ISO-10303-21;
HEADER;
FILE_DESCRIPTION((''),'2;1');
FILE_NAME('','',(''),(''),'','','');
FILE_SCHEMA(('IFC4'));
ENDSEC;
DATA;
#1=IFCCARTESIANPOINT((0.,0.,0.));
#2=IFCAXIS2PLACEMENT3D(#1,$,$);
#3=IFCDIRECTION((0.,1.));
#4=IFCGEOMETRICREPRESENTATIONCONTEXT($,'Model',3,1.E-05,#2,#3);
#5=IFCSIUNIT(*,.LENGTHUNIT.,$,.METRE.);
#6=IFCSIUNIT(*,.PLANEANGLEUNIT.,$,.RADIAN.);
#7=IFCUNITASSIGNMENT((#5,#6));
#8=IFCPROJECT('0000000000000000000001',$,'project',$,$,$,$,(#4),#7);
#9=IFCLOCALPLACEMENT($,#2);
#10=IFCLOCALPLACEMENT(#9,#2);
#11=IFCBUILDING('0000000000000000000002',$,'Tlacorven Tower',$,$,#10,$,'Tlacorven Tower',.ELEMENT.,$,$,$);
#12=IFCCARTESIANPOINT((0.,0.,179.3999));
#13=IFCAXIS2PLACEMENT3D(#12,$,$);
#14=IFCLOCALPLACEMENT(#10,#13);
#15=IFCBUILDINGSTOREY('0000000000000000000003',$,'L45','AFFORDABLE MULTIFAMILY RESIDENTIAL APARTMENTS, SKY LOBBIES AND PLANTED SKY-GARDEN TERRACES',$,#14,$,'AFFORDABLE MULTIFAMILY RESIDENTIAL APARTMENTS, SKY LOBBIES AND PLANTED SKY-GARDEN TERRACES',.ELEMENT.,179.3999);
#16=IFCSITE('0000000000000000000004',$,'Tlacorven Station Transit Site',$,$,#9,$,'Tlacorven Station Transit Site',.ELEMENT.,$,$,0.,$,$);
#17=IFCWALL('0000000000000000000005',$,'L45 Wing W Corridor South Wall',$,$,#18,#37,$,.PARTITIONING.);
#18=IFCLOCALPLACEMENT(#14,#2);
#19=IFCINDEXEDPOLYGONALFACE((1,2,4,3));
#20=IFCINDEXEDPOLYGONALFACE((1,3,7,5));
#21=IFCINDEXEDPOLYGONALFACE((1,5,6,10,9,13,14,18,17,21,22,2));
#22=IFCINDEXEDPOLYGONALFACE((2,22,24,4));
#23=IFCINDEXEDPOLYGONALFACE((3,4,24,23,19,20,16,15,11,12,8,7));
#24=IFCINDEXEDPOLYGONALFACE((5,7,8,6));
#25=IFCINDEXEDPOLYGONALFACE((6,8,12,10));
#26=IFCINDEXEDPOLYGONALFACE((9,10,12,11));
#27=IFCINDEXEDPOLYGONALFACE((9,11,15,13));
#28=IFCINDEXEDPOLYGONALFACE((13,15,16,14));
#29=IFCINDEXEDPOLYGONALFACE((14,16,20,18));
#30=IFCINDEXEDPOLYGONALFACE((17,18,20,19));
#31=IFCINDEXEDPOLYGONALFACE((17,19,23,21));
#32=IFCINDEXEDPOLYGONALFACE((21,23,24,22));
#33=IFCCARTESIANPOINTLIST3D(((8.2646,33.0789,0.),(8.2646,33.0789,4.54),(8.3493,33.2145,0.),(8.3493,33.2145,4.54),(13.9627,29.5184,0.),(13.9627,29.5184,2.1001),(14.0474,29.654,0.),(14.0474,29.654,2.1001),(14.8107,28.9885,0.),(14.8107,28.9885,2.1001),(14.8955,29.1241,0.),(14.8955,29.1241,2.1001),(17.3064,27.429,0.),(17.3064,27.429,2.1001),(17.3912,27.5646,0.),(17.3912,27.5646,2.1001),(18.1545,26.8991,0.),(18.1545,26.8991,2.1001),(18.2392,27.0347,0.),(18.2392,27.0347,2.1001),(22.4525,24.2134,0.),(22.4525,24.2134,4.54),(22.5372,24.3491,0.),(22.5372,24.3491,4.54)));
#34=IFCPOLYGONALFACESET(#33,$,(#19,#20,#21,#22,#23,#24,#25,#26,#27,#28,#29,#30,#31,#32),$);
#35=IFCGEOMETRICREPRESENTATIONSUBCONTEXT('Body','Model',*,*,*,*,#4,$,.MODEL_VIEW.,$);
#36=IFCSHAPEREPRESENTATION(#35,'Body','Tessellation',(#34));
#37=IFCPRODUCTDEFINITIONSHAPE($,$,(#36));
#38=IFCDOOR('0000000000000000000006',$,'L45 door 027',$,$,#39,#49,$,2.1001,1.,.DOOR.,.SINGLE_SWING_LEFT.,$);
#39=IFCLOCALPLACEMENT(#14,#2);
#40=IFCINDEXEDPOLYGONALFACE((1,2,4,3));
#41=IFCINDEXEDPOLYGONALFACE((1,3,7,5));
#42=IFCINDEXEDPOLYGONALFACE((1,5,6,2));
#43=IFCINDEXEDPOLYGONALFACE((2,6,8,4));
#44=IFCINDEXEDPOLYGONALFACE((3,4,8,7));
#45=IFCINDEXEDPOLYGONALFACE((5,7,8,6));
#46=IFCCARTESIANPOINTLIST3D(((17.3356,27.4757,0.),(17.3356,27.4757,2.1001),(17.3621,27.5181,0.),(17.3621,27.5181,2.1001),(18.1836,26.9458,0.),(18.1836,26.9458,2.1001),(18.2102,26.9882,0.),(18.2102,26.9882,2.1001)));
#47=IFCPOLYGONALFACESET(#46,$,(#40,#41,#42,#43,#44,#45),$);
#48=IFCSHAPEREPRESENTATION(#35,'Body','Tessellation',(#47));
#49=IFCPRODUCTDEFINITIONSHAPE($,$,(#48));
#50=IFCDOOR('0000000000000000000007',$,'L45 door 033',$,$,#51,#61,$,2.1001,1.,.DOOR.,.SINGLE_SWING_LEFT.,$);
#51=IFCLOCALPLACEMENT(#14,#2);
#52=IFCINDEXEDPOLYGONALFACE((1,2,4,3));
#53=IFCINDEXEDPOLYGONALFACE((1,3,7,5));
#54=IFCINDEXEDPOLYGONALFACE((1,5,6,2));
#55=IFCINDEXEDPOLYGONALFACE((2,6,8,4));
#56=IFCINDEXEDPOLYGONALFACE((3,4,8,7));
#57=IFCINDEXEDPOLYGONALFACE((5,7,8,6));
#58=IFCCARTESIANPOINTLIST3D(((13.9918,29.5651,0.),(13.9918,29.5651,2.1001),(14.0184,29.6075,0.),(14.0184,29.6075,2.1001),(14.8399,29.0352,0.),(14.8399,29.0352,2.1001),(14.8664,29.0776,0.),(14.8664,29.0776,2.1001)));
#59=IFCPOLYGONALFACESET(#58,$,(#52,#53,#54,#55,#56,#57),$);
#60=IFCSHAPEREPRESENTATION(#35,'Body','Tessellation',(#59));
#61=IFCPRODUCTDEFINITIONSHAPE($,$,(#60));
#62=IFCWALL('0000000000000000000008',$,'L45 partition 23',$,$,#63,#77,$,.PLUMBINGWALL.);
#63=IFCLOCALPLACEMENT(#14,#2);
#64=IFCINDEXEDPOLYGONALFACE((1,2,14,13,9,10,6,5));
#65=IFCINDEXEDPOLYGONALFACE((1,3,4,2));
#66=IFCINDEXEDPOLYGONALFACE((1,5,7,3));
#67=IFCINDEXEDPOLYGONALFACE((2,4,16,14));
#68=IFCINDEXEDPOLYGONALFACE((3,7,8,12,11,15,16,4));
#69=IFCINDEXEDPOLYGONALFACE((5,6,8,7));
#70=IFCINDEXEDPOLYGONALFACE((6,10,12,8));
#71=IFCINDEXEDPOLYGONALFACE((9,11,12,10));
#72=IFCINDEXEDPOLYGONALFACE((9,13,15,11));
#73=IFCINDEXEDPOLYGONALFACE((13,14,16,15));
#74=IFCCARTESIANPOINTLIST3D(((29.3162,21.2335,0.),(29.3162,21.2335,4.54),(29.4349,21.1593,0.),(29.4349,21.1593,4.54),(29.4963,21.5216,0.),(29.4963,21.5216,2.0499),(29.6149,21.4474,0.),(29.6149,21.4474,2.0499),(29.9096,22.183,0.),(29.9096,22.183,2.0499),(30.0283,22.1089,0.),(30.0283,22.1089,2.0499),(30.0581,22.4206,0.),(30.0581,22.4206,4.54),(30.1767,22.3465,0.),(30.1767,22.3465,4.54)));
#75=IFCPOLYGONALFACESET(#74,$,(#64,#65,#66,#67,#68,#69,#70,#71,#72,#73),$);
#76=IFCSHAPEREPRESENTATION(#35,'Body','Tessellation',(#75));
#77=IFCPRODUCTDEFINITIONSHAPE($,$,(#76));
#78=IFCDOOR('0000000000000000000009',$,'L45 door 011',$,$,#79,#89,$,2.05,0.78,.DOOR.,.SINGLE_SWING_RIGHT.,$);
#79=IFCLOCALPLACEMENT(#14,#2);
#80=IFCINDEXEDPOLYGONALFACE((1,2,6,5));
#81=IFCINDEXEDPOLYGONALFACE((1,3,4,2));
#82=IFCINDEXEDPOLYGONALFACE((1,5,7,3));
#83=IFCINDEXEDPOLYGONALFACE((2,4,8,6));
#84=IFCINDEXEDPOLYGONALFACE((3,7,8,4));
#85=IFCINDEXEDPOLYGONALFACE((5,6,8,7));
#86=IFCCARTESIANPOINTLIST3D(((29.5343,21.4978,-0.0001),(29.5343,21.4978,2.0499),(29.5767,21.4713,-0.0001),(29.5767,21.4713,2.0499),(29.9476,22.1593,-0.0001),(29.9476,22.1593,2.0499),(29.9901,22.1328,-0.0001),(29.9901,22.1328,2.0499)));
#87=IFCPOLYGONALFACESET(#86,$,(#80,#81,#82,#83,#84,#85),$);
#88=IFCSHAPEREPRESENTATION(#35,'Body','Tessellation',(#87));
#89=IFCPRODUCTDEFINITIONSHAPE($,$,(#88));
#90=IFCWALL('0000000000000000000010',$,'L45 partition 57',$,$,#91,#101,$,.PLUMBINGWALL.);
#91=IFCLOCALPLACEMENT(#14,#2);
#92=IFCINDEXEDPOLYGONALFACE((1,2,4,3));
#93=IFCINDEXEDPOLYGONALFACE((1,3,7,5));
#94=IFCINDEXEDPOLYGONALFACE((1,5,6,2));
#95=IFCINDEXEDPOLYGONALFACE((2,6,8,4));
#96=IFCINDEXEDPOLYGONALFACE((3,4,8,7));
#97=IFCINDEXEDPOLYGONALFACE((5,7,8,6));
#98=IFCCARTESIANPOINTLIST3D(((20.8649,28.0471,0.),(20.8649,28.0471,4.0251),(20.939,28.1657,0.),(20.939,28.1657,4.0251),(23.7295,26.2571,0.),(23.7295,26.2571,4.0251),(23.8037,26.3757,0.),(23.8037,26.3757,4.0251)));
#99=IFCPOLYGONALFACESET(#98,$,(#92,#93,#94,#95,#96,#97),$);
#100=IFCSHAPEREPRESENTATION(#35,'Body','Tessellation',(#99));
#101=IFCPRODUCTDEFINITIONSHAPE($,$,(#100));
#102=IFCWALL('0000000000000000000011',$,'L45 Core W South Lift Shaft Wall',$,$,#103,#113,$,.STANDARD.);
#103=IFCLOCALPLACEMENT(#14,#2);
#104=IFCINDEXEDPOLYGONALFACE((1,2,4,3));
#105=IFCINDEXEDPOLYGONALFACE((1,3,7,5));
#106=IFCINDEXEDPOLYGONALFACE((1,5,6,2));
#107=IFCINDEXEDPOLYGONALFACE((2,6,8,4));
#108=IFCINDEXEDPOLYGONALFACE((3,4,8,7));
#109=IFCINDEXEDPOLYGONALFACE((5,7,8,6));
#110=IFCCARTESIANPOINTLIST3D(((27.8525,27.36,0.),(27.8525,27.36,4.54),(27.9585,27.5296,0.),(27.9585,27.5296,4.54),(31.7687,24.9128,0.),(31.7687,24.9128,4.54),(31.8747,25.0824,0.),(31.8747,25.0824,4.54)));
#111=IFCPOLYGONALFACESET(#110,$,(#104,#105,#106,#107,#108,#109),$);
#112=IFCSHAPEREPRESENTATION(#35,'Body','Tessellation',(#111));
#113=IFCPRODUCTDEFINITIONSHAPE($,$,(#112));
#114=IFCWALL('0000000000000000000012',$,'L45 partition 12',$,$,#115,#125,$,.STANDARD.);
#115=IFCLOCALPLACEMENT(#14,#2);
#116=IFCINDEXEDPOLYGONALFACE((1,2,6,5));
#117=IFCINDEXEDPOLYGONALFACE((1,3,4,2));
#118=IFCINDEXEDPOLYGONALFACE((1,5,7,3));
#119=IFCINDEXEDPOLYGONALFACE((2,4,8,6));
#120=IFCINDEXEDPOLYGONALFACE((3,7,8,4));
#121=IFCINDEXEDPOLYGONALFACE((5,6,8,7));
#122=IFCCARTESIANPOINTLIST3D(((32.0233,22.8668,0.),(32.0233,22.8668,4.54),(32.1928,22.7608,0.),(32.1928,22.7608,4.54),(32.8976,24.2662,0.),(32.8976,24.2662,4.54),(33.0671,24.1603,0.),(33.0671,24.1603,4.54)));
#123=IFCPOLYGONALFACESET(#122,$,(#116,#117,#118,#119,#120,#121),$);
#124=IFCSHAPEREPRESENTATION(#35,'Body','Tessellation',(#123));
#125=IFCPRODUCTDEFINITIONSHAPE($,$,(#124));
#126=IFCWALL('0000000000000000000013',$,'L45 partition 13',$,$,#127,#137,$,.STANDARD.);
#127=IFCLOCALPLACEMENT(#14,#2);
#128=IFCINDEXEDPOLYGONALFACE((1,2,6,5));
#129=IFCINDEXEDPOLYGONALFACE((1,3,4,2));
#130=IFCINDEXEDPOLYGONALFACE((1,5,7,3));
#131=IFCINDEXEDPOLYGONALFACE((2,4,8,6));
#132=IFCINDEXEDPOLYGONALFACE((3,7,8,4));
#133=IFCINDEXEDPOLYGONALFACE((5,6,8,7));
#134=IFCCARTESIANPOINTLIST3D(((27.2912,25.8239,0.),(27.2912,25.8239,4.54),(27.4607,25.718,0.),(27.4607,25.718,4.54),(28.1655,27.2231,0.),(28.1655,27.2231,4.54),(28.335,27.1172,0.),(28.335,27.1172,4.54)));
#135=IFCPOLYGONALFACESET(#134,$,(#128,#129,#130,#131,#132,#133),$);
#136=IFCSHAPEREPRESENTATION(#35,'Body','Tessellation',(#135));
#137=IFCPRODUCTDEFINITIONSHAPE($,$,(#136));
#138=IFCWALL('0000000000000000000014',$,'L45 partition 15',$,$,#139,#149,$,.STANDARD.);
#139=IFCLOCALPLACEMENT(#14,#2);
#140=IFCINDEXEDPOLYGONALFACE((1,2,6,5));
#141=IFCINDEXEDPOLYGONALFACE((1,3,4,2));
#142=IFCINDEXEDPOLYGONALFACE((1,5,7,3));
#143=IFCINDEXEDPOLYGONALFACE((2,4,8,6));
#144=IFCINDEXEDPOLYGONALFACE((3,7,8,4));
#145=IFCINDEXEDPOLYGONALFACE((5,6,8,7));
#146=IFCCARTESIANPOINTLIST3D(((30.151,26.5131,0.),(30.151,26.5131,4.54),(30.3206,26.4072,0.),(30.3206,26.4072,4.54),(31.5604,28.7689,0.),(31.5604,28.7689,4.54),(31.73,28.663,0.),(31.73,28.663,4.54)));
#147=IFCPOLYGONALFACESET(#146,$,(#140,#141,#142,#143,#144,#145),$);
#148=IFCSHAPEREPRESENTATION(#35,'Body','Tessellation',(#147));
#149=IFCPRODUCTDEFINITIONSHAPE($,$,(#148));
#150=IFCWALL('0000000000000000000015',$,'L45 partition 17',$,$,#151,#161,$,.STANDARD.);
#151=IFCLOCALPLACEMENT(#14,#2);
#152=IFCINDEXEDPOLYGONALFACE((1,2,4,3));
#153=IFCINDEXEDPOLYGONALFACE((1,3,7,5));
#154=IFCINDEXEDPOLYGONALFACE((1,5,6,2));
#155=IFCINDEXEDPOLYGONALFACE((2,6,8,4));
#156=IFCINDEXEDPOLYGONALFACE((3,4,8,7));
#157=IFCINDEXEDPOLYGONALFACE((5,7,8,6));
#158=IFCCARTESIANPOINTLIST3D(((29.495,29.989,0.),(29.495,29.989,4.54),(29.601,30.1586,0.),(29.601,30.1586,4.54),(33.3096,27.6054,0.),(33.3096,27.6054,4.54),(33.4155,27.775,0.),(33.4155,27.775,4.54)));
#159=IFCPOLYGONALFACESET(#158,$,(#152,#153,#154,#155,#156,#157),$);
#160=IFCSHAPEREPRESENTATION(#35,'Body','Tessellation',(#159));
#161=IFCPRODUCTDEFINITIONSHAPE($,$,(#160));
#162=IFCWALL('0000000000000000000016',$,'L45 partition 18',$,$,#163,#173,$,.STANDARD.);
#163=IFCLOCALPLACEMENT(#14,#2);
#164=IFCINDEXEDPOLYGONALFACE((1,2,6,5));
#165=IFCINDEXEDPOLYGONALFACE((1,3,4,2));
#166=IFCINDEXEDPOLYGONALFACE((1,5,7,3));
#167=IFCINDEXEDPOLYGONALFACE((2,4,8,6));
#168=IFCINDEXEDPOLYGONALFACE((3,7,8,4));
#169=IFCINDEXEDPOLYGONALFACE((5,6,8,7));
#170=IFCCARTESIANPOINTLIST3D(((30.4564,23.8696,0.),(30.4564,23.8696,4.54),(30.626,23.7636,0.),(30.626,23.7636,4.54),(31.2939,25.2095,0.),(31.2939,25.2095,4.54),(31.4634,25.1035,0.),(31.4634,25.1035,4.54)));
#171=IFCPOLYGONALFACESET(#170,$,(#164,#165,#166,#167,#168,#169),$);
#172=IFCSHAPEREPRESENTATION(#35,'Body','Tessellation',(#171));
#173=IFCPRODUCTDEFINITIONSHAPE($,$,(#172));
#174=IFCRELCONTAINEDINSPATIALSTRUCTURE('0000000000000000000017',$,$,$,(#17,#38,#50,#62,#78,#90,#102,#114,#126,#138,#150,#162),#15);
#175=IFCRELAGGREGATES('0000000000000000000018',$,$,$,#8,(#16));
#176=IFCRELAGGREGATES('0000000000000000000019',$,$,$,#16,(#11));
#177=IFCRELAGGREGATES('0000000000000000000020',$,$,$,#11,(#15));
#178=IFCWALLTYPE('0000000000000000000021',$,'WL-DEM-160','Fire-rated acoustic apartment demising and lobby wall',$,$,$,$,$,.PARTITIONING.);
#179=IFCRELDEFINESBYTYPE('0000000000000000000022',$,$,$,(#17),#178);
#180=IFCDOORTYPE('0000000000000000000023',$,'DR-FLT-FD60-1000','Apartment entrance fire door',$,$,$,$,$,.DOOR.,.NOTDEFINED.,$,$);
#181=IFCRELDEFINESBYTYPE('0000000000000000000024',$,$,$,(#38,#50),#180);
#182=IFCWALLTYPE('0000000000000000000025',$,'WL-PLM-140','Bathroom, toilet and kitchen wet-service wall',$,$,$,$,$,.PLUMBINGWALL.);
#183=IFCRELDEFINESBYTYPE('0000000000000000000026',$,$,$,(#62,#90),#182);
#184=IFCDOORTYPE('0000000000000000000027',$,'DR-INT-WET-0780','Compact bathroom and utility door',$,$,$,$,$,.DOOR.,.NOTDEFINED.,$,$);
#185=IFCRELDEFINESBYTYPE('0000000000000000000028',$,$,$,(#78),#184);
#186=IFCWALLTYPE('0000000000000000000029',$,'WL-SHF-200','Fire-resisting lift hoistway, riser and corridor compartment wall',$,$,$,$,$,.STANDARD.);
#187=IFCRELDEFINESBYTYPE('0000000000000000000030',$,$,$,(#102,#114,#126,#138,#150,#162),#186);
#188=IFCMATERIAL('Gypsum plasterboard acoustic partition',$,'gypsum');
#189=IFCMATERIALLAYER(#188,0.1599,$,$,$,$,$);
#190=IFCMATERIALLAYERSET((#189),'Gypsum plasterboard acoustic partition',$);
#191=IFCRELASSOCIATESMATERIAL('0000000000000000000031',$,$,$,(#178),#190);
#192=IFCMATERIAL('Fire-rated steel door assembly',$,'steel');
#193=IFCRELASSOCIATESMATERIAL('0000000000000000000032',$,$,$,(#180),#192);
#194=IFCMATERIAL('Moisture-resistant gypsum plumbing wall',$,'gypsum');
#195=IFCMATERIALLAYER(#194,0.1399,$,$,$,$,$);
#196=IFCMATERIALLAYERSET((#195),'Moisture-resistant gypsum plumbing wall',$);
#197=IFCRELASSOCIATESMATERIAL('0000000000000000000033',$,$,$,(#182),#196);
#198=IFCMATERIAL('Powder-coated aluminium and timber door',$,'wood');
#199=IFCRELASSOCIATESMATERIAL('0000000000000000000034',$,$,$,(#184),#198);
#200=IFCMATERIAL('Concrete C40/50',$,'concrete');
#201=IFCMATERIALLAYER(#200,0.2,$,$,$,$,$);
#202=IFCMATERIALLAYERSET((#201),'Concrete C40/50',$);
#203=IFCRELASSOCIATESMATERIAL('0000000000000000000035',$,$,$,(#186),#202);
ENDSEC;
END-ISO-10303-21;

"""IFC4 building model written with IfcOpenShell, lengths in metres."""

from ifc_helpers import new_model, si_unit, direction, frame, frame_2d, origin, place, context, subcontext, project, spatial, rectangle, extrude, source, transform, mapped, material, layer, layer_set, type_object, element, fill, save


model = new_model("IFC4")

# Units and contexts
model_context = context("Model", 3, precision=1e-05, world=origin(), true_north=direction((0.0, 1.0)))
body_context = subcontext(model_context, "Body", "Model", "MODEL_VIEW")
ifc_project = project(units=[si_unit("LENGTHUNIT", "METRE"), si_unit("PLANEANGLEUNIT", "RADIAN")], contexts=[model_context])

# Site, building, storey
site_placement = place(None, origin())
site = spatial("IfcSite", under=ifc_project, at=site_placement, Name="Tlacorven Station Transit Site", LongName="Tlacorven Station Transit Site", CompositionType="ELEMENT", RefElevation=0.0)
building_placement = place(site_placement, origin())
building = spatial("IfcBuilding", under=site, at=building_placement, Name="Tlacorven Tower", LongName="Tlacorven Tower", CompositionType="ELEMENT")
storey_placement = place(building_placement, frame((0.0, 0.0, 179.3999)))
storey = spatial("IfcBuildingStorey", under=building, at=storey_placement, Name="L45", Description="AFFORDABLE MULTIFAMILY RESIDENTIAL APARTMENTS, SKY LOBBIES AND PLANTED SKY-GARDEN TERRACES", LongName="AFFORDABLE MULTIFAMILY RESIDENTIAL APARTMENTS, SKY LOBBIES AND PLANTED SKY-GARDEN TERRACES", CompositionType="ELEMENT", Elevation=179.3999)

# Wall, openings, doors
ifc_material_1 = material(Name="Gypsum plasterboard acoustic partition", Category="gypsum")
ifc_layer_1 = layer(ifc_material_1, 0.1599)
ifc_layer_set_1 = layer_set([ifc_layer_1], Name="Gypsum plasterboard acoustic partition")
wall_type_1 = type_object("IfcWallType", Name="WL-DEM-160", Description="Fire-rated acoustic apartment demising and lobby wall", PredefinedType="PARTITIONING", material=ifc_layer_set_1)
wall_1_placement = place(storey_placement, frame((22.4949, 24.2812, 0.0), z_axis=(0.0, 0.0, 1.0), x_axis=(-0.848052, 0.529912, 0.0)))
wall_1 = element("IfcWall", 1, at=wall_1_placement, inside=storey, type_object=wall_type_1, Name="L45 Wing W Corridor South Wall", PredefinedType="PARTITIONING", context=body_context, shape_type="SweptSolid", body=[
    extrude(rectangle(XDim=16.73, YDim=0.1599, at=frame_2d((8.365, 0.0))), origin(), (0.0, 0.0, 1.0), 4.54),
])
opening_1_placement = place(wall_1_placement, frame((5.0681, 0.0, 0.0)))
opening_1 = element("IfcOpeningElement", 2, at=opening_1_placement, cuts=wall_1, PredefinedType="OPENING", context=body_context, shape_type="SweptSolid", body=[
    extrude(rectangle(XDim=1.0, YDim=2.1001, at=frame_2d((0.5, 1.05))), frame((0.0, 0.0898, 0.0), z_axis=(0.0, -1.0, 0.0), x_axis=(1.0, 0.0, 0.0)), (0.0, 0.0, 1.0), 0.1799),
])
opening_2_placement = place(wall_1_placement, frame((9.011, 0.0, 0.0)))
opening_2 = element("IfcOpeningElement", 3, at=opening_2_placement, cuts=wall_1, PredefinedType="OPENING", context=body_context, shape_type="SweptSolid", body=[
    extrude(rectangle(XDim=1.0, YDim=2.1001, at=frame_2d((0.5, 1.05))), frame((0.0, 0.0898, 0.0), z_axis=(0.0, -1.0, 0.0), x_axis=(1.0, 0.0, 0.0)), (0.0, 0.0, 1.0), 0.1799),
])
ifc_material_2 = material(Name="Fire-rated steel door assembly", Category="steel")
door_type_1 = type_object("IfcDoorType", Name="DR-FLT-FD60-1000", Description="Apartment entrance fire door", OperationType="NOTDEFINED", PredefinedType="DOOR", material=ifc_material_2)
shared_shape_1 = source(origin(), body_context, "Body", "SweptSolid", [
    extrude(rectangle(XDim=1.0, YDim=2.1001, at=frame_2d((0.5, 1.05))), frame((0.0, 0.0249, 0.0), z_axis=(0.0, -1.0, 0.0), x_axis=(1.0, 0.0, 0.0)), (0.0, 0.0, 1.0), 0.05),
])
door_1_placement = place(opening_1_placement, origin())
door_1 = element("IfcDoor", 4, at=door_1_placement, inside=storey, type_object=door_type_1, Name="L45 door 027", OperationType="SINGLE_SWING_LEFT", OverallHeight=2.1001, OverallWidth=1.0, PredefinedType="DOOR", context=body_context, shape_type="MappedRepresentation", body=[
    mapped(shared_shape_1, transform((0.0, 0.0, 0.0), scale=1.0)),
])
fill(opening_1, door_1)
door_2_placement = place(opening_2_placement, origin())
door_2 = element("IfcDoor", 5, at=door_2_placement, inside=storey, type_object=door_type_1, Name="L45 door 033", OperationType="SINGLE_SWING_LEFT", OverallHeight=2.1001, OverallWidth=1.0, PredefinedType="DOOR", context=body_context, shape_type="MappedRepresentation", body=[
    mapped(shared_shape_1, transform((0.0, 0.0, 0.0), scale=1.0)),
])
fill(opening_2, door_2)

# Wall, opening, door
ifc_material_3 = material(Name="Moisture-resistant gypsum plumbing wall", Category="gypsum")
ifc_layer_2 = layer(ifc_material_3, 0.1399)
ifc_layer_set_2 = layer_set([ifc_layer_2], Name="Moisture-resistant gypsum plumbing wall")
wall_type_2 = type_object("IfcWallType", Name="WL-PLM-140", Description="Bathroom, toilet and kitchen wet-service wall", PredefinedType="PLUMBINGWALL", material=ifc_layer_set_2)
wall_2_placement = place(storey_placement, frame((30.1174, 22.3835, 0.0), z_axis=(0.0, 0.0, 1.0), x_axis=(-0.529952, -0.848028, 0.0)))
wall_2 = element("IfcWall", 6, at=wall_2_placement, inside=storey, type_object=wall_type_2, Name="L45 partition 23", PredefinedType="PLUMBINGWALL", context=body_context, shape_type="SweptSolid", body=[
    extrude(rectangle(XDim=1.3999, YDim=0.1399, at=frame_2d((0.7, 0.0))), origin(), (0.0, 0.0, 1.0), 4.54),
])
opening_3_placement = place(wall_2_placement, frame((0.28, 0.0, 0.0)))
opening_3 = element("IfcOpeningElement", 7, at=opening_3_placement, cuts=wall_2, PredefinedType="OPENING", context=body_context, shape_type="SweptSolid", body=[
    extrude(rectangle(XDim=0.78, YDim=2.05, at=frame_2d((0.3901, 1.0249))), frame((0.0, 0.0801, 0.0), z_axis=(0.0, -1.0, 0.0), x_axis=(1.0, 0.0, 0.0)), (0.0, 0.0, 1.0), 0.1599),
])
ifc_material_4 = material(Name="Powder-coated aluminium and timber door", Category="wood")
door_type_2 = type_object("IfcDoorType", Name="DR-INT-WET-0780", Description="Compact bathroom and utility door", OperationType="NOTDEFINED", PredefinedType="DOOR", material=ifc_material_4)
shared_shape_2 = source(origin(), body_context, "Body", "SweptSolid", [
    extrude(rectangle(XDim=0.78, YDim=2.05, at=frame_2d((0.3901, 1.0249))), frame((0.0, 0.0249, 0.0), z_axis=(0.0, -1.0, 0.0), x_axis=(1.0, 0.0, 0.0)), (0.0, 0.0, 1.0), 0.05),
])
door_3_placement = place(opening_3_placement, origin())
door_3 = element("IfcDoor", 8, at=door_3_placement, inside=storey, type_object=door_type_2, Name="L45 door 011", OperationType="SINGLE_SWING_RIGHT", OverallHeight=2.05, OverallWidth=0.78, PredefinedType="DOOR", context=body_context, shape_type="MappedRepresentation", body=[
    mapped(shared_shape_2, transform((0.0, 0.0, 0.0), scale=1.0)),
])
fill(opening_3, door_3)

# Walls
wall_3_placement = place(storey_placement, frame((23.7666, 26.3164, 0.0), z_axis=(0.0, 0.0, 1.0), x_axis=(-0.848055, 0.529908, 0.0)))
element("IfcWall", 9, at=wall_3_placement, inside=storey, type_object=wall_type_2, Name="L45 partition 57", PredefinedType="PLUMBINGWALL", context=body_context, shape_type="SweptSolid", body=[
    extrude(rectangle(XDim=3.3779, YDim=0.1399, at=frame_2d((1.689, 0.0))), origin(), (0.0, 0.0, 1.0), 4.0251),
])
ifc_material_5 = material(Name="Concrete C40/50", Category="concrete")
ifc_layer_3 = layer(ifc_material_5, 0.2)
ifc_layer_set_3 = layer_set([ifc_layer_3], Name="Concrete C40/50")
wall_type_3 = type_object("IfcWallType", Name="WL-SHF-200", Description="Fire-resisting lift hoistway, riser and corridor compartment wall", PredefinedType="STANDARD", material=ifc_layer_set_3)
wall_4_placement = place(storey_placement, frame((31.8218, 24.9976, 0.0), z_axis=(0.0, 0.0, 1.0), x_axis=(-0.848037, 0.529937, 0.0)))
element("IfcWall", 10, at=wall_4_placement, inside=storey, type_object=wall_type_3, Name="L45 Core W South Lift Shaft Wall", PredefinedType="STANDARD", context=body_context, shape_type="SweptSolid", body=[
    extrude(rectangle(XDim=4.6179, YDim=0.2, at=frame_2d((2.3091, 0.0))), origin(), (0.0, 0.0, 1.0), 4.54),
])

# Walls
wall_5_placement = place(storey_placement, frame((32.9824, 24.2134, 0.0), z_axis=(0.0, 0.0, 1.0), x_axis=(-0.529839, -0.848098, 0.0)))
element("IfcWall", 11, at=wall_5_placement, inside=storey, type_object=wall_type_3, Name="L45 partition 12", PredefinedType="STANDARD", context=body_context, shape_type="SweptSolid", body=[
    extrude(rectangle(XDim=1.6501, YDim=0.2, at=frame_2d((0.8252, 0.0))), origin(), (0.0, 0.0, 1.0), 4.54),
])
wall_6_placement = place(storey_placement, frame((28.2502, 27.1702, 0.0), z_axis=(0.0, 0.0, 1.0), x_axis=(-0.529906, -0.848056, 0.0)))
element("IfcWall", 12, at=wall_6_placement, inside=storey, type_object=wall_type_3, Name="L45 partition 13", PredefinedType="STANDARD", context=body_context, shape_type="SweptSolid", body=[
    extrude(rectangle(XDim=1.6499, YDim=0.2, at=frame_2d((0.825, 0.0))), origin(), (0.0, 0.0, 1.0), 4.54),
])
wall_7_placement = place(storey_placement, frame((31.6453, 28.7161, 0.0), z_axis=(0.0, 0.0, 1.0), x_axis=(-0.529867, -0.848081, 0.0)))
element("IfcWall", 13, at=wall_7_placement, inside=storey, type_object=wall_type_3, Name="L45 partition 15", PredefinedType="STANDARD", context=body_context, shape_type="SweptSolid", body=[
    extrude(rectangle(XDim=2.6599, YDim=0.2, at=frame_2d((1.3301, 0.0))), origin(), (0.0, 0.0, 1.0), 4.54),
])
wall_8_placement = place(storey_placement, frame((33.3625, 27.6902, 0.0), z_axis=(0.0, 0.0, 1.0), x_axis=(-0.848047, 0.529921, 0.0)))
element("IfcWall", 14, at=wall_8_placement, inside=storey, type_object=wall_type_3, Name="L45 partition 17", PredefinedType="STANDARD", context=body_context, shape_type="SweptSolid", body=[
    extrude(rectangle(XDim=4.498, YDim=0.2, at=frame_2d((2.249, 0.0))), origin(), (0.0, 0.0, 1.0), 4.54),
])
for number, where, z_axis, x_axis, name in (
    (15, (31.3787, 25.1565, 0.0), (0.0, 0.0, 1.0), (-0.529999, -0.847998, 0.0), "L45 partition 18"),
):
    element("IfcWall", number, at=place(storey_placement, frame(where, z_axis=z_axis, x_axis=x_axis)), inside=storey, type_object=wall_type_3, Name=name, PredefinedType="STANDARD", context=body_context, shape_type="SweptSolid", body=[
        extrude(rectangle(XDim=1.5801, YDim=0.2, at=frame_2d((0.79, 0.0))), origin(), (0.0, 0.0, 1.0), 4.54),
    ])

save(model, "model.ifc")
